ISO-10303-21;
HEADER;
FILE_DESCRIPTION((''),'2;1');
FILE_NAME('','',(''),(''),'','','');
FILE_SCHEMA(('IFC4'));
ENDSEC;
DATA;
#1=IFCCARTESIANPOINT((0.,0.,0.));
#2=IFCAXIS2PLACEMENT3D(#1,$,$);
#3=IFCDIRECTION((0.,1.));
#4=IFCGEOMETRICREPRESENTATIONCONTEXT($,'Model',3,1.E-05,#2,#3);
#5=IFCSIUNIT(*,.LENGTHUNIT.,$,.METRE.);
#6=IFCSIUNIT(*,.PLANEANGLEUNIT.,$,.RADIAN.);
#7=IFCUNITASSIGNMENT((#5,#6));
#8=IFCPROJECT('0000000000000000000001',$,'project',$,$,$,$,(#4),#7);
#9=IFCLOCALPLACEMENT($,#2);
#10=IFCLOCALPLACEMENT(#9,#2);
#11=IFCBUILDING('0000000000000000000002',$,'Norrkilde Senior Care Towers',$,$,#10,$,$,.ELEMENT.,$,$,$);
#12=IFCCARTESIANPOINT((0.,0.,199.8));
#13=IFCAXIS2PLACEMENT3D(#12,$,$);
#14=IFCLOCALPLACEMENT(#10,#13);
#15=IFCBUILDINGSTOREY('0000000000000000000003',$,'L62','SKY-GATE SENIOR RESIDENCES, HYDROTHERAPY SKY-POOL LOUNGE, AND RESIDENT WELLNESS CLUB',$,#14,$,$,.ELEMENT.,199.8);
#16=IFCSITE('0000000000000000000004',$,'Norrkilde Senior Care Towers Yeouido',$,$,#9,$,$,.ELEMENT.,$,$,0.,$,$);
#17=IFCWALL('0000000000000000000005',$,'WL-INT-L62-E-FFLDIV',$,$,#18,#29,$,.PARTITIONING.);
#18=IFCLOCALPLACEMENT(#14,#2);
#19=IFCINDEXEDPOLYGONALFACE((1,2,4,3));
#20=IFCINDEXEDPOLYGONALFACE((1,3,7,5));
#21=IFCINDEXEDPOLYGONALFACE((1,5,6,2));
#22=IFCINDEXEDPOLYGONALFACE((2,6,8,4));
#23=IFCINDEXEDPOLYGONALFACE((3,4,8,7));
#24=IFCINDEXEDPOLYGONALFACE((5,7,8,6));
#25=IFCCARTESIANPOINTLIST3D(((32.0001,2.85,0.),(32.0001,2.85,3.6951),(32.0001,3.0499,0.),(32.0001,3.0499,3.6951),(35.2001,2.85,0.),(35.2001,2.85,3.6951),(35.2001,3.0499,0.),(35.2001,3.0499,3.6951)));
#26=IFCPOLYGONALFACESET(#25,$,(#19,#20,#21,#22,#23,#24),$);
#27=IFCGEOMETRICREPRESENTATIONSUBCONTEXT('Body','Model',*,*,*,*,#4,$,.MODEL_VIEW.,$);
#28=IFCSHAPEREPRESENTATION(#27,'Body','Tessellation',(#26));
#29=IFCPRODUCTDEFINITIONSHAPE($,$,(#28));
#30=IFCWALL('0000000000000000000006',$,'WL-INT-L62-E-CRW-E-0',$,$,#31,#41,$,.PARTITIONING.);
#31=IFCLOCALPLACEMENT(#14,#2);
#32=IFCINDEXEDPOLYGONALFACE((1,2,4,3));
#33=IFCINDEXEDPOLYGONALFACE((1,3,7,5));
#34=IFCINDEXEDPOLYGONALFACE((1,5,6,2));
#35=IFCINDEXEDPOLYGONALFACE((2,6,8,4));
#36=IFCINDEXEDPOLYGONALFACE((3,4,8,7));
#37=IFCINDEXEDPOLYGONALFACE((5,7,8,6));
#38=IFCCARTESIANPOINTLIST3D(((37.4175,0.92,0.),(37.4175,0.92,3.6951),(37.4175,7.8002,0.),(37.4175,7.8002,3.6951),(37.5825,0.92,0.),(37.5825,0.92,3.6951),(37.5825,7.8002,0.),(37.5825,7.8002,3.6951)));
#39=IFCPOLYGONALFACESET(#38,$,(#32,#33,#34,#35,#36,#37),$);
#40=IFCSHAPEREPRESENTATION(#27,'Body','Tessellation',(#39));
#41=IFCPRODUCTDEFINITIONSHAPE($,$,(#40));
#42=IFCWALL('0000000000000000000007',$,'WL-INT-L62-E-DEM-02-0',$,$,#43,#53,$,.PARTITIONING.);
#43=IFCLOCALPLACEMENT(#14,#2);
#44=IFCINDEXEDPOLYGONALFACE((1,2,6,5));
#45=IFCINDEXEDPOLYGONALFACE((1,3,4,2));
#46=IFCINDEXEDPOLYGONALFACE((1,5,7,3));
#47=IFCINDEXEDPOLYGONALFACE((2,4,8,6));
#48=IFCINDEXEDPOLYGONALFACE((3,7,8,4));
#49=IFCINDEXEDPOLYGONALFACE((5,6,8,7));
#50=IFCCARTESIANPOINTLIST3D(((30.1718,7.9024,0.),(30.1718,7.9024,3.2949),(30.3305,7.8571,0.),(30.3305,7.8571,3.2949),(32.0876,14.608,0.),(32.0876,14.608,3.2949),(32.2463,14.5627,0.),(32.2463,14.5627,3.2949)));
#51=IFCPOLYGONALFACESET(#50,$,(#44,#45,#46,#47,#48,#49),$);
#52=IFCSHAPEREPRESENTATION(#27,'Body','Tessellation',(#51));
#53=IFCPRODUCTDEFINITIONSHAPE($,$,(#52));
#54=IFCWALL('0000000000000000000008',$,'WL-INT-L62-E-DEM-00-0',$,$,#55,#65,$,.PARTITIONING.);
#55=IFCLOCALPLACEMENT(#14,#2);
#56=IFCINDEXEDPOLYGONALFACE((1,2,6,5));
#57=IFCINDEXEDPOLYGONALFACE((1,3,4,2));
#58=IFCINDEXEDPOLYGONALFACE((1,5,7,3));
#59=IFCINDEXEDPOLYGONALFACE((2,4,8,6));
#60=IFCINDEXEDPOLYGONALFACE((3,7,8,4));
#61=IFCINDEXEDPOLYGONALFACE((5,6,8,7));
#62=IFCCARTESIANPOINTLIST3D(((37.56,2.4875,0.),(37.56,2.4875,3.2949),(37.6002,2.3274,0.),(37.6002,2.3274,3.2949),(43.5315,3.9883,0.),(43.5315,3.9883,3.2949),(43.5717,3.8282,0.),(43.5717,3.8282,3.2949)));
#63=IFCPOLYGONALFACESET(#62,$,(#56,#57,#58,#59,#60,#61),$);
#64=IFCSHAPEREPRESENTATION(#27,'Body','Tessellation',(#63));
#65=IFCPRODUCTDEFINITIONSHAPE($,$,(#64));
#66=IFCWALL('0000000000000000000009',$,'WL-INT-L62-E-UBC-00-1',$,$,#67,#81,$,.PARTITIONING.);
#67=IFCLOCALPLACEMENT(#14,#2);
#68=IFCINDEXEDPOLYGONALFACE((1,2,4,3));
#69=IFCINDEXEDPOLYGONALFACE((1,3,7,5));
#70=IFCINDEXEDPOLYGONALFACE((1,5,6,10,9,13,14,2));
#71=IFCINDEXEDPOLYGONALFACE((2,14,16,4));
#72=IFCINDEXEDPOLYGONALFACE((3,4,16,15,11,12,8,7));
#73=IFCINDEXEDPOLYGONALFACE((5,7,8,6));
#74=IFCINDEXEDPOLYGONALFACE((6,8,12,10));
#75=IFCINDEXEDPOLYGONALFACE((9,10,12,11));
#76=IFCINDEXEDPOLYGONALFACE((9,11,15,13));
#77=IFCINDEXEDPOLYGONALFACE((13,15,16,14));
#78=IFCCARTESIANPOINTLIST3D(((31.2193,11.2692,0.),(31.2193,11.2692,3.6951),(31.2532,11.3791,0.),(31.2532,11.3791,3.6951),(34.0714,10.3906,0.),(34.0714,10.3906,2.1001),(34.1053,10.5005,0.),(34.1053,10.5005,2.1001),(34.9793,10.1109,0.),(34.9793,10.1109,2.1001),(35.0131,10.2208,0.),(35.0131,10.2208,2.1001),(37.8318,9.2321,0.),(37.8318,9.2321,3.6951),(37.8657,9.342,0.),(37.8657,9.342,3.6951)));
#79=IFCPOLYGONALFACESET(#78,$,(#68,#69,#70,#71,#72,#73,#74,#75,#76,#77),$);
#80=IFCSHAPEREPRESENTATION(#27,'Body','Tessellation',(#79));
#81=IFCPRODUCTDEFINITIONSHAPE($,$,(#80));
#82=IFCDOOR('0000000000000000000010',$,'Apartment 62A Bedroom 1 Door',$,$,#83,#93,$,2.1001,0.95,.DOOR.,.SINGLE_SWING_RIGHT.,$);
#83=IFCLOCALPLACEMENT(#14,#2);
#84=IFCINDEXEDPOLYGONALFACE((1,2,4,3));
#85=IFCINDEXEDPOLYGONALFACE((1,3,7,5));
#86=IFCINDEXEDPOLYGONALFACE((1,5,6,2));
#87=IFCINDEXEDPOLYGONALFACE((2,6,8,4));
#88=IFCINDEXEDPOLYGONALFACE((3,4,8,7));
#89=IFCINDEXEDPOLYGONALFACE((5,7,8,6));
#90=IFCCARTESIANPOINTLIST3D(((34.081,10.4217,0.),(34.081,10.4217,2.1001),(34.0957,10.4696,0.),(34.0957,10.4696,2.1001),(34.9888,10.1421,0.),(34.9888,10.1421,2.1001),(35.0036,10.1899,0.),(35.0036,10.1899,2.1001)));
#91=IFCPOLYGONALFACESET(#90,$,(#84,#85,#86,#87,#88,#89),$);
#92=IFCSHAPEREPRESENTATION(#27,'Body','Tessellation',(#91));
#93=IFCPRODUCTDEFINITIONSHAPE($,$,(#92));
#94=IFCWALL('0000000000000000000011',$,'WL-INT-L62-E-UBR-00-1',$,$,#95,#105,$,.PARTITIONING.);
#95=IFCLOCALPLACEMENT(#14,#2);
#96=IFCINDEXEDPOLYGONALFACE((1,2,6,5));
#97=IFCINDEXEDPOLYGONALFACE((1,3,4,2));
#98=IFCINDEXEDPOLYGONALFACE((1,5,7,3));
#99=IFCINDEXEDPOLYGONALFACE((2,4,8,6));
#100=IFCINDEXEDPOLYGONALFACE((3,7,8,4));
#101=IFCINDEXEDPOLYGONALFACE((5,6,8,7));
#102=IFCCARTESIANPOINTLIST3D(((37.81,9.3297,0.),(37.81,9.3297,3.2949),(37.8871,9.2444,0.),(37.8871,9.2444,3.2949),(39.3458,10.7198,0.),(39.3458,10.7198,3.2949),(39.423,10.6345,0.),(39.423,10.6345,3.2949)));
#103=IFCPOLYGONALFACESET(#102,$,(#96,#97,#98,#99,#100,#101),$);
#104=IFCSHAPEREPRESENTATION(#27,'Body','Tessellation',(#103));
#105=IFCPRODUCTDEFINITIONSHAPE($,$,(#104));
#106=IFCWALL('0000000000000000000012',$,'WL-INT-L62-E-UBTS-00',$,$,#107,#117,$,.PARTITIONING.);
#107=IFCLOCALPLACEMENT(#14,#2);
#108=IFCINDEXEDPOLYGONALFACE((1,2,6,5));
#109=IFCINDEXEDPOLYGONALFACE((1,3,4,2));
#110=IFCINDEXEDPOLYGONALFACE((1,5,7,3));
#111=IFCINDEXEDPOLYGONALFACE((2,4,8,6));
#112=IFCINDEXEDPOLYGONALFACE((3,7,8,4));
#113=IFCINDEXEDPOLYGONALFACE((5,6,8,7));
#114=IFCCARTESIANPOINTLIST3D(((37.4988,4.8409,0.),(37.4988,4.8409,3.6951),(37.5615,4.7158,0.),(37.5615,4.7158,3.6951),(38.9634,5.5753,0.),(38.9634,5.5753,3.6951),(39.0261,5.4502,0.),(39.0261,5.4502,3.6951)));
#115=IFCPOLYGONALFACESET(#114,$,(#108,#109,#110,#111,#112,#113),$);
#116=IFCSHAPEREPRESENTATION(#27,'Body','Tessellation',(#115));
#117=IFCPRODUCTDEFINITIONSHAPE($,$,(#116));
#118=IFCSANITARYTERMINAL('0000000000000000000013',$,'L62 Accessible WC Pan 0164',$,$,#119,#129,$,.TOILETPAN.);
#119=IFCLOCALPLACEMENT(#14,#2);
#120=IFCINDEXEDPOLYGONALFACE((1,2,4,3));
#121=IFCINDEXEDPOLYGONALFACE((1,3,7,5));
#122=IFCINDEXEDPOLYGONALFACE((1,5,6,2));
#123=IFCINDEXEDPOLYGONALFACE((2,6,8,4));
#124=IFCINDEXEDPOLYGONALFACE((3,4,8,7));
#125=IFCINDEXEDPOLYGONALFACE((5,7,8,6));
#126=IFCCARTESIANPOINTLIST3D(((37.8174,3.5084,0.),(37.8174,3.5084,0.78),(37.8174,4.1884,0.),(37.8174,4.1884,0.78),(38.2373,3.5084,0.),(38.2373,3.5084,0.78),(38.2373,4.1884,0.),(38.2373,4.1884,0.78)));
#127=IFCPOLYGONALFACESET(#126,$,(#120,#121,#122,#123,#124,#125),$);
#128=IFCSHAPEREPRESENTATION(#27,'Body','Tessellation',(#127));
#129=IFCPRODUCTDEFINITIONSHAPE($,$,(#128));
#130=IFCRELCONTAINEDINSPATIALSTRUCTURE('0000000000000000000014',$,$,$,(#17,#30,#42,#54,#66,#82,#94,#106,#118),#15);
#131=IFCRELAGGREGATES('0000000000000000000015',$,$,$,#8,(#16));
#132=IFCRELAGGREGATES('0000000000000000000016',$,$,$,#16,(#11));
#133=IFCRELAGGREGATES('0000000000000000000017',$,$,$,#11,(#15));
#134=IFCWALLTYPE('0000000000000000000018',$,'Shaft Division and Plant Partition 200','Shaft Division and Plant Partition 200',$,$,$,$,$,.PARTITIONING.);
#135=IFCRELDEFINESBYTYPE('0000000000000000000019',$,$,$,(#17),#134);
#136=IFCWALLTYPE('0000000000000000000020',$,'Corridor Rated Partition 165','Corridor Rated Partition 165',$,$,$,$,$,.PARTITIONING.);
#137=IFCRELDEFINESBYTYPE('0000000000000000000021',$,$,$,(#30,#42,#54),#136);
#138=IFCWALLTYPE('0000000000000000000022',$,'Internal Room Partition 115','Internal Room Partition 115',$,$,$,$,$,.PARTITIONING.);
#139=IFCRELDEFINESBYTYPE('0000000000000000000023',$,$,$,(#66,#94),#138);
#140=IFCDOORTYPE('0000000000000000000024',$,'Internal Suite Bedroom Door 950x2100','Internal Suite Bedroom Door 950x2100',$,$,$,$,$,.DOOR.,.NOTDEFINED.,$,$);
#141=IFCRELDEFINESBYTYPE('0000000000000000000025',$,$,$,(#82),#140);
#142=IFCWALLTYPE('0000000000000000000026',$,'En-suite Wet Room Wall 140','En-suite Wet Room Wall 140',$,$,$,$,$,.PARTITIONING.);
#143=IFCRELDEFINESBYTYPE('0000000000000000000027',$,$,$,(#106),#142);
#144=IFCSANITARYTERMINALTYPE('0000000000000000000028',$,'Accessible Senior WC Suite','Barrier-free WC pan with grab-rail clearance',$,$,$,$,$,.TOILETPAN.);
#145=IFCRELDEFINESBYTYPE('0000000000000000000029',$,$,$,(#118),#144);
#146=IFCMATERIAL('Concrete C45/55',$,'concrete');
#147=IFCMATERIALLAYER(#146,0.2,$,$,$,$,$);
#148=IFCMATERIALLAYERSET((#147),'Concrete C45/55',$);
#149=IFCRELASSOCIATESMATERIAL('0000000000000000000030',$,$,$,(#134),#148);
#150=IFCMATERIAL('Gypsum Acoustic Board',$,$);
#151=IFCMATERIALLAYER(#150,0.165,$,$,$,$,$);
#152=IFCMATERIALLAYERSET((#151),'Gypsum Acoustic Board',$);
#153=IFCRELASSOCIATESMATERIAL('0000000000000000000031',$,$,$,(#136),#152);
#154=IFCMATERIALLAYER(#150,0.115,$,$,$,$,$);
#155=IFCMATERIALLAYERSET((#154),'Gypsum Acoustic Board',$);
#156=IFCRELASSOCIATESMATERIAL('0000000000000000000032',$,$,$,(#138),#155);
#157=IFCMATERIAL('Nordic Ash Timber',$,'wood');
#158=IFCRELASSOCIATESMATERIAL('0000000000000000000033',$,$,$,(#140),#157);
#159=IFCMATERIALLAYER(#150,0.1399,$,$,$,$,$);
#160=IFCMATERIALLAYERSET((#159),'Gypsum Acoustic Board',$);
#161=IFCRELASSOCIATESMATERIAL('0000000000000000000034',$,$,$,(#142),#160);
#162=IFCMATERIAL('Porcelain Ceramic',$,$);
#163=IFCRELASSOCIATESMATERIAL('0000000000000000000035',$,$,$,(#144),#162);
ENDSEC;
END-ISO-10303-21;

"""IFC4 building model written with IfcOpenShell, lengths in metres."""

from ifc_helpers import new_model, si_unit, direction, frame, frame_2d, origin, origin_2d, place, context, subcontext, project, spatial, rectangle, extrude, source, transform, mapped, material, layer, layer_set, type_object, type_shapes, element, fill, save


model = new_model("IFC4")

# Units and contexts
model_context = context("Model", 3, precision=1e-05, world=origin(), true_north=direction((0.0, 1.0)))
body_context = subcontext(model_context, "Body", "Model", "MODEL_VIEW")
ifc_project = project(units=[si_unit("LENGTHUNIT", "METRE"), si_unit("PLANEANGLEUNIT", "RADIAN")], contexts=[model_context])

# Site, building, storey
site_placement = place(None, origin())
site = spatial("IfcSite", under=ifc_project, at=site_placement, Name="Norrkilde Senior Care Towers Yeouido", CompositionType="ELEMENT", RefElevation=0.0)
building_placement = place(site_placement, origin())
building = spatial("IfcBuilding", under=site, at=building_placement, Name="Norrkilde Senior Care Towers", CompositionType="ELEMENT")
storey_placement = place(building_placement, frame((0.0, 0.0, 199.8)))
storey = spatial("IfcBuildingStorey", under=building, at=storey_placement, Name="L62", Description="SKY-GATE SENIOR RESIDENCES, HYDROTHERAPY SKY-POOL LOUNGE, AND RESIDENT WELLNESS CLUB", CompositionType="ELEMENT", Elevation=199.8)

# Walls
ifc_material_1 = material(Name="Concrete C45/55", Category="concrete")
ifc_layer_1 = layer(ifc_material_1, 0.2)
ifc_layer_set_1 = layer_set([ifc_layer_1], Name="Concrete C45/55")
wall_type_1 = type_object("IfcWallType", Name="Shaft Division and Plant Partition 200", Description="Shaft Division and Plant Partition 200", PredefinedType="PARTITIONING", material=ifc_layer_set_1)
shared_shape_1 = source(origin(), body_context, "Body", "SweptSolid", [
    extrude(rectangle(XDim=3.2, YDim=0.2, at=frame_2d((1.6001, 0.0))), origin(), (0.0, 0.0, 1.0), 3.6951),
])
type_shapes(wall_type_1, [shared_shape_1])
wall_1_placement = place(storey_placement, frame((32.0, 2.95, 0.0), z_axis=(0.0, 0.0, 1.0), x_axis=(1.0, 0.0, 0.0)))
element("IfcWall", 1, at=wall_1_placement, inside=storey, type_object=wall_type_1, Name="WL-INT-L62-E-FFLDIV", PredefinedType="PARTITIONING", context=body_context, shape_type="MappedRepresentation", body=[
    mapped(shared_shape_1, transform((0.0, 0.0, 0.0), x_axis=(1.0, 0.0, 0.0), y_axis=(0.0, 1.0, 0.0), z_axis=(0.0, 0.0, 1.0), scale=1.0)),
])
ifc_material_2 = material(Name="Gypsum Acoustic Board")
ifc_layer_2 = layer(ifc_material_2, 0.165)
ifc_layer_set_2 = layer_set([ifc_layer_2], Name="Gypsum Acoustic Board")
wall_type_2 = type_object("IfcWallType", Name="Corridor Rated Partition 165", Description="Corridor Rated Partition 165", PredefinedType="PARTITIONING", material=ifc_layer_set_2)
shared_shape_2 = source(origin(), body_context, "Body", "SweptSolid", [
    extrude(rectangle(XDim=6.8801, YDim=0.165, at=frame_2d((3.4399, 0.0))), origin(), (0.0, 0.0, 1.0), 3.6951),
])
wall_2_placement = place(storey_placement, frame((37.5, 7.8, 0.0), z_axis=(0.0, 0.0, 1.0), x_axis=(0.0, -1.0, 0.0)))
element("IfcWall", 2, at=wall_2_placement, inside=storey, type_object=wall_type_2, Name="WL-INT-L62-E-CRW-E-0", PredefinedType="PARTITIONING", context=body_context, shape_type="MappedRepresentation", body=[
    mapped(shared_shape_2, transform((0.0, 0.0, 0.0), x_axis=(1.0, 0.0, 0.0), y_axis=(0.0, 1.0, 0.0), z_axis=(0.0, 0.0, 1.0), scale=1.0)),
])
shared_shape_3 = source(origin(), body_context, "Body", "SweptSolid", [
    extrude(rectangle(XDim=6.9739, YDim=0.165, at=frame_2d((3.4868, 0.0))), origin(), (0.0, 0.0, 1.0), 3.2949),
])
wall_3_placement = place(storey_placement, frame((30.2512, 7.8799, 0.0), z_axis=(0.0, 0.0, 1.0), x_axis=(0.274707, 0.961528, 0.0)))
element("IfcWall", 3, at=wall_3_placement, inside=storey, type_object=wall_type_2, Name="WL-INT-L62-E-DEM-02-0", PredefinedType="PARTITIONING", context=body_context, shape_type="MappedRepresentation", body=[
    mapped(shared_shape_3, transform((0.0, 0.0, 0.0), x_axis=(1.0, 0.0, 0.0), y_axis=(0.0, 1.0, 0.0), z_axis=(0.0, 0.0, 1.0), scale=1.0)),
])
shared_shape_4 = source(origin(), body_context, "Body", "SweptSolid", [
    extrude(rectangle(XDim=6.1572, YDim=0.165, at=frame_2d((3.0786, 0.0))), origin(), (0.0, 0.0, 1.0), 3.2949),
])
type_shapes(wall_type_2, [shared_shape_2, shared_shape_3, shared_shape_4])
wall_4_placement = place(storey_placement, frame((37.5801, 2.4075, 0.0), z_axis=(0.0, 0.0, 1.0), x_axis=(0.969841, 0.243739, 0.0)))
element("IfcWall", 4, at=wall_4_placement, inside=storey, type_object=wall_type_2, Name="WL-INT-L62-E-DEM-00-0", PredefinedType="PARTITIONING", context=body_context, shape_type="MappedRepresentation", body=[
    mapped(shared_shape_4, transform((0.0, 0.0, 0.0), x_axis=(1.0, 0.0, 0.0), y_axis=(0.0, 1.0, 0.0), z_axis=(0.0, 0.0, 1.0), scale=1.0)),
])

# Wall, opening, door
ifc_layer_3 = layer(ifc_material_2, 0.115)
ifc_layer_set_3 = layer_set([ifc_layer_3], Name="Gypsum Acoustic Board")
wall_type_3 = type_object("IfcWallType", Name="Internal Room Partition 115", Description="Internal Room Partition 115", PredefinedType="PARTITIONING", material=ifc_layer_set_3)
shared_shape_5 = source(origin(), body_context, "Body", "SweptSolid", [
    extrude(rectangle(XDim=6.9192, YDim=0.115, at=frame_2d((3.4595, 0.0))), origin(), (0.0, 0.0, 1.0), 3.6951),
])
wall_5_placement = place(storey_placement, frame((37.8486, 9.2871, 0.0), z_axis=(0.0, 0.0, 1.0), x_axis=(-0.955678, 0.294413, 0.0)))
wall_5 = element("IfcWall", 5, at=wall_5_placement, inside=storey, type_object=wall_type_3, Name="WL-INT-L62-E-UBC-00-1", PredefinedType="PARTITIONING", context=body_context, shape_type="MappedRepresentation", body=[
    mapped(shared_shape_5, transform((0.0, 0.0, 0.0), x_axis=(1.0, 0.0, 0.0), y_axis=(0.0, 1.0, 0.0), z_axis=(0.0, 0.0, 1.0), scale=1.0)),
])
opening_1_placement = place(wall_5_placement, frame((2.9846, 0.0, 0.0)))
opening_1 = element("IfcOpeningElement", 6, at=opening_1_placement, cuts=wall_5, PredefinedType="OPENING", context=body_context, shape_type="SweptSolid", body=[
    extrude(rectangle(XDim=0.95, YDim=2.1001, at=frame_2d((0.4751, 1.05))), frame((0.0, 0.0674, 0.0), z_axis=(0.0, -1.0, 0.0), x_axis=(1.0, 0.0, 0.0)), (0.0, 0.0, 1.0), 0.135),
])
ifc_material_3 = material(Name="Nordic Ash Timber", Category="wood")
door_type_1 = type_object("IfcDoorType", Name="Internal Suite Bedroom Door 950x2100", Description="Internal Suite Bedroom Door 950x2100", OperationType="NOTDEFINED", PredefinedType="DOOR", material=ifc_material_3)
shared_shape_6 = source(origin(), body_context, "Body", "SweptSolid", [
    extrude(rectangle(XDim=0.95, YDim=2.1001, at=frame_2d((0.4751, 1.05))), frame((0.0, 0.0249, 0.0), z_axis=(0.0, -1.0, 0.0), x_axis=(1.0, 0.0, 0.0)), (0.0, 0.0, 1.0), 0.05),
])
type_shapes(door_type_1, [shared_shape_6])
door_1_placement = place(opening_1_placement, origin())
door_1 = element("IfcDoor", 7, at=door_1_placement, inside=storey, type_object=door_type_1, Name="Apartment 62A Bedroom 1 Door", OperationType="SINGLE_SWING_RIGHT", OverallHeight=2.1001, OverallWidth=0.95, PredefinedType="DOOR", context=body_context, shape_type="MappedRepresentation", body=[
    mapped(shared_shape_6, transform((0.0, 0.0, 0.0), x_axis=(1.0, 0.0, 0.0), y_axis=(0.0, 1.0, 0.0), z_axis=(0.0, 0.0, 1.0), scale=1.0)),
])
fill(opening_1, door_1)

# Walls
shared_shape_7 = source(origin(), body_context, "Body", "SweptSolid", [
    extrude(rectangle(XDim=2.0715, YDim=0.115, at=frame_2d((1.0356, 0.0))), origin(), (0.0, 0.0, 1.0), 3.2949),
])
type_shapes(wall_type_3, [shared_shape_5, shared_shape_7])
wall_6_placement = place(storey_placement, frame((37.8486, 9.2871, 0.0), z_axis=(0.0, 0.0, 1.0), x_axis=(0.74141, 0.671052, 0.0)))
element("IfcWall", 8, at=wall_6_placement, inside=storey, type_object=wall_type_3, Name="WL-INT-L62-E-UBR-00-1", PredefinedType="PARTITIONING", context=body_context, shape_type="MappedRepresentation", body=[
    mapped(shared_shape_7, transform((0.0, 0.0, 0.0), x_axis=(1.0, 0.0, 0.0), y_axis=(0.0, 1.0, 0.0), z_axis=(0.0, 0.0, 1.0), scale=1.0)),
])
ifc_layer_4 = layer(ifc_material_2, 0.1399)
ifc_layer_set_4 = layer_set([ifc_layer_4], Name="Gypsum Acoustic Board")
wall_type_4 = type_object("IfcWallType", Name="En-suite Wet Room Wall 140", Description="En-suite Wet Room Wall 140", PredefinedType="PARTITIONING", material=ifc_layer_set_4)
shared_shape_8 = source(origin(), body_context, "Body", "SweptSolid", [
    extrude(rectangle(XDim=1.6384, YDim=0.1399, at=frame_2d((0.8193, 0.0))), origin(), (0.0, 0.0, 1.0), 3.6951),
])
type_shapes(wall_type_4, [shared_shape_8])
wall_7_placement = place(storey_placement, frame((37.53, 4.7783, 0.0), z_axis=(0.0, 0.0, 1.0), x_axis=(0.89392, 0.448227, 0.0)))
element("IfcWall", 9, at=wall_7_placement, inside=storey, type_object=wall_type_4, Name="WL-INT-L62-E-UBTS-00", PredefinedType="PARTITIONING", context=body_context, shape_type="MappedRepresentation", body=[
    mapped(shared_shape_8, transform((0.0, 0.0, 0.0), x_axis=(1.0, 0.0, 0.0), y_axis=(0.0, 1.0, 0.0), z_axis=(0.0, 0.0, 1.0), scale=1.0)),
])

# Sanitary terminal
ifc_material_4 = material(Name="Porcelain Ceramic")
sanitary_terminal_type = type_object("IfcSanitaryTerminalType", Name="Accessible Senior WC Suite", Description="Barrier-free WC pan with grab-rail clearance", PredefinedType="TOILETPAN", material=ifc_material_4)
shared_shape_9 = source(origin(), body_context, "Body", "SweptSolid", [
    extrude(rectangle(XDim=0.4199, YDim=0.6799, at=origin_2d()), origin(), (0.0, 0.0, 1.0), 0.78),
])
type_shapes(sanitary_terminal_type, [shared_shape_9])
sanitary_terminal_placement = place(storey_placement, frame((38.0273, 3.8484, 0.0), z_axis=(0.0, 0.0, 1.0), x_axis=(1.0, 0.0, 0.0)))
element("IfcSanitaryTerminal", 10, at=sanitary_terminal_placement, inside=storey, type_object=sanitary_terminal_type, Name="L62 Accessible WC Pan 0164", PredefinedType="TOILETPAN", context=body_context, shape_type="MappedRepresentation", body=[
    mapped(shared_shape_9, transform((0.0, 0.0, 0.0), x_axis=(1.0, 0.0, 0.0), y_axis=(0.0, 1.0, 0.0), z_axis=(0.0, 0.0, 1.0), scale=1.0)),
])

save(model, "model.ifc")
